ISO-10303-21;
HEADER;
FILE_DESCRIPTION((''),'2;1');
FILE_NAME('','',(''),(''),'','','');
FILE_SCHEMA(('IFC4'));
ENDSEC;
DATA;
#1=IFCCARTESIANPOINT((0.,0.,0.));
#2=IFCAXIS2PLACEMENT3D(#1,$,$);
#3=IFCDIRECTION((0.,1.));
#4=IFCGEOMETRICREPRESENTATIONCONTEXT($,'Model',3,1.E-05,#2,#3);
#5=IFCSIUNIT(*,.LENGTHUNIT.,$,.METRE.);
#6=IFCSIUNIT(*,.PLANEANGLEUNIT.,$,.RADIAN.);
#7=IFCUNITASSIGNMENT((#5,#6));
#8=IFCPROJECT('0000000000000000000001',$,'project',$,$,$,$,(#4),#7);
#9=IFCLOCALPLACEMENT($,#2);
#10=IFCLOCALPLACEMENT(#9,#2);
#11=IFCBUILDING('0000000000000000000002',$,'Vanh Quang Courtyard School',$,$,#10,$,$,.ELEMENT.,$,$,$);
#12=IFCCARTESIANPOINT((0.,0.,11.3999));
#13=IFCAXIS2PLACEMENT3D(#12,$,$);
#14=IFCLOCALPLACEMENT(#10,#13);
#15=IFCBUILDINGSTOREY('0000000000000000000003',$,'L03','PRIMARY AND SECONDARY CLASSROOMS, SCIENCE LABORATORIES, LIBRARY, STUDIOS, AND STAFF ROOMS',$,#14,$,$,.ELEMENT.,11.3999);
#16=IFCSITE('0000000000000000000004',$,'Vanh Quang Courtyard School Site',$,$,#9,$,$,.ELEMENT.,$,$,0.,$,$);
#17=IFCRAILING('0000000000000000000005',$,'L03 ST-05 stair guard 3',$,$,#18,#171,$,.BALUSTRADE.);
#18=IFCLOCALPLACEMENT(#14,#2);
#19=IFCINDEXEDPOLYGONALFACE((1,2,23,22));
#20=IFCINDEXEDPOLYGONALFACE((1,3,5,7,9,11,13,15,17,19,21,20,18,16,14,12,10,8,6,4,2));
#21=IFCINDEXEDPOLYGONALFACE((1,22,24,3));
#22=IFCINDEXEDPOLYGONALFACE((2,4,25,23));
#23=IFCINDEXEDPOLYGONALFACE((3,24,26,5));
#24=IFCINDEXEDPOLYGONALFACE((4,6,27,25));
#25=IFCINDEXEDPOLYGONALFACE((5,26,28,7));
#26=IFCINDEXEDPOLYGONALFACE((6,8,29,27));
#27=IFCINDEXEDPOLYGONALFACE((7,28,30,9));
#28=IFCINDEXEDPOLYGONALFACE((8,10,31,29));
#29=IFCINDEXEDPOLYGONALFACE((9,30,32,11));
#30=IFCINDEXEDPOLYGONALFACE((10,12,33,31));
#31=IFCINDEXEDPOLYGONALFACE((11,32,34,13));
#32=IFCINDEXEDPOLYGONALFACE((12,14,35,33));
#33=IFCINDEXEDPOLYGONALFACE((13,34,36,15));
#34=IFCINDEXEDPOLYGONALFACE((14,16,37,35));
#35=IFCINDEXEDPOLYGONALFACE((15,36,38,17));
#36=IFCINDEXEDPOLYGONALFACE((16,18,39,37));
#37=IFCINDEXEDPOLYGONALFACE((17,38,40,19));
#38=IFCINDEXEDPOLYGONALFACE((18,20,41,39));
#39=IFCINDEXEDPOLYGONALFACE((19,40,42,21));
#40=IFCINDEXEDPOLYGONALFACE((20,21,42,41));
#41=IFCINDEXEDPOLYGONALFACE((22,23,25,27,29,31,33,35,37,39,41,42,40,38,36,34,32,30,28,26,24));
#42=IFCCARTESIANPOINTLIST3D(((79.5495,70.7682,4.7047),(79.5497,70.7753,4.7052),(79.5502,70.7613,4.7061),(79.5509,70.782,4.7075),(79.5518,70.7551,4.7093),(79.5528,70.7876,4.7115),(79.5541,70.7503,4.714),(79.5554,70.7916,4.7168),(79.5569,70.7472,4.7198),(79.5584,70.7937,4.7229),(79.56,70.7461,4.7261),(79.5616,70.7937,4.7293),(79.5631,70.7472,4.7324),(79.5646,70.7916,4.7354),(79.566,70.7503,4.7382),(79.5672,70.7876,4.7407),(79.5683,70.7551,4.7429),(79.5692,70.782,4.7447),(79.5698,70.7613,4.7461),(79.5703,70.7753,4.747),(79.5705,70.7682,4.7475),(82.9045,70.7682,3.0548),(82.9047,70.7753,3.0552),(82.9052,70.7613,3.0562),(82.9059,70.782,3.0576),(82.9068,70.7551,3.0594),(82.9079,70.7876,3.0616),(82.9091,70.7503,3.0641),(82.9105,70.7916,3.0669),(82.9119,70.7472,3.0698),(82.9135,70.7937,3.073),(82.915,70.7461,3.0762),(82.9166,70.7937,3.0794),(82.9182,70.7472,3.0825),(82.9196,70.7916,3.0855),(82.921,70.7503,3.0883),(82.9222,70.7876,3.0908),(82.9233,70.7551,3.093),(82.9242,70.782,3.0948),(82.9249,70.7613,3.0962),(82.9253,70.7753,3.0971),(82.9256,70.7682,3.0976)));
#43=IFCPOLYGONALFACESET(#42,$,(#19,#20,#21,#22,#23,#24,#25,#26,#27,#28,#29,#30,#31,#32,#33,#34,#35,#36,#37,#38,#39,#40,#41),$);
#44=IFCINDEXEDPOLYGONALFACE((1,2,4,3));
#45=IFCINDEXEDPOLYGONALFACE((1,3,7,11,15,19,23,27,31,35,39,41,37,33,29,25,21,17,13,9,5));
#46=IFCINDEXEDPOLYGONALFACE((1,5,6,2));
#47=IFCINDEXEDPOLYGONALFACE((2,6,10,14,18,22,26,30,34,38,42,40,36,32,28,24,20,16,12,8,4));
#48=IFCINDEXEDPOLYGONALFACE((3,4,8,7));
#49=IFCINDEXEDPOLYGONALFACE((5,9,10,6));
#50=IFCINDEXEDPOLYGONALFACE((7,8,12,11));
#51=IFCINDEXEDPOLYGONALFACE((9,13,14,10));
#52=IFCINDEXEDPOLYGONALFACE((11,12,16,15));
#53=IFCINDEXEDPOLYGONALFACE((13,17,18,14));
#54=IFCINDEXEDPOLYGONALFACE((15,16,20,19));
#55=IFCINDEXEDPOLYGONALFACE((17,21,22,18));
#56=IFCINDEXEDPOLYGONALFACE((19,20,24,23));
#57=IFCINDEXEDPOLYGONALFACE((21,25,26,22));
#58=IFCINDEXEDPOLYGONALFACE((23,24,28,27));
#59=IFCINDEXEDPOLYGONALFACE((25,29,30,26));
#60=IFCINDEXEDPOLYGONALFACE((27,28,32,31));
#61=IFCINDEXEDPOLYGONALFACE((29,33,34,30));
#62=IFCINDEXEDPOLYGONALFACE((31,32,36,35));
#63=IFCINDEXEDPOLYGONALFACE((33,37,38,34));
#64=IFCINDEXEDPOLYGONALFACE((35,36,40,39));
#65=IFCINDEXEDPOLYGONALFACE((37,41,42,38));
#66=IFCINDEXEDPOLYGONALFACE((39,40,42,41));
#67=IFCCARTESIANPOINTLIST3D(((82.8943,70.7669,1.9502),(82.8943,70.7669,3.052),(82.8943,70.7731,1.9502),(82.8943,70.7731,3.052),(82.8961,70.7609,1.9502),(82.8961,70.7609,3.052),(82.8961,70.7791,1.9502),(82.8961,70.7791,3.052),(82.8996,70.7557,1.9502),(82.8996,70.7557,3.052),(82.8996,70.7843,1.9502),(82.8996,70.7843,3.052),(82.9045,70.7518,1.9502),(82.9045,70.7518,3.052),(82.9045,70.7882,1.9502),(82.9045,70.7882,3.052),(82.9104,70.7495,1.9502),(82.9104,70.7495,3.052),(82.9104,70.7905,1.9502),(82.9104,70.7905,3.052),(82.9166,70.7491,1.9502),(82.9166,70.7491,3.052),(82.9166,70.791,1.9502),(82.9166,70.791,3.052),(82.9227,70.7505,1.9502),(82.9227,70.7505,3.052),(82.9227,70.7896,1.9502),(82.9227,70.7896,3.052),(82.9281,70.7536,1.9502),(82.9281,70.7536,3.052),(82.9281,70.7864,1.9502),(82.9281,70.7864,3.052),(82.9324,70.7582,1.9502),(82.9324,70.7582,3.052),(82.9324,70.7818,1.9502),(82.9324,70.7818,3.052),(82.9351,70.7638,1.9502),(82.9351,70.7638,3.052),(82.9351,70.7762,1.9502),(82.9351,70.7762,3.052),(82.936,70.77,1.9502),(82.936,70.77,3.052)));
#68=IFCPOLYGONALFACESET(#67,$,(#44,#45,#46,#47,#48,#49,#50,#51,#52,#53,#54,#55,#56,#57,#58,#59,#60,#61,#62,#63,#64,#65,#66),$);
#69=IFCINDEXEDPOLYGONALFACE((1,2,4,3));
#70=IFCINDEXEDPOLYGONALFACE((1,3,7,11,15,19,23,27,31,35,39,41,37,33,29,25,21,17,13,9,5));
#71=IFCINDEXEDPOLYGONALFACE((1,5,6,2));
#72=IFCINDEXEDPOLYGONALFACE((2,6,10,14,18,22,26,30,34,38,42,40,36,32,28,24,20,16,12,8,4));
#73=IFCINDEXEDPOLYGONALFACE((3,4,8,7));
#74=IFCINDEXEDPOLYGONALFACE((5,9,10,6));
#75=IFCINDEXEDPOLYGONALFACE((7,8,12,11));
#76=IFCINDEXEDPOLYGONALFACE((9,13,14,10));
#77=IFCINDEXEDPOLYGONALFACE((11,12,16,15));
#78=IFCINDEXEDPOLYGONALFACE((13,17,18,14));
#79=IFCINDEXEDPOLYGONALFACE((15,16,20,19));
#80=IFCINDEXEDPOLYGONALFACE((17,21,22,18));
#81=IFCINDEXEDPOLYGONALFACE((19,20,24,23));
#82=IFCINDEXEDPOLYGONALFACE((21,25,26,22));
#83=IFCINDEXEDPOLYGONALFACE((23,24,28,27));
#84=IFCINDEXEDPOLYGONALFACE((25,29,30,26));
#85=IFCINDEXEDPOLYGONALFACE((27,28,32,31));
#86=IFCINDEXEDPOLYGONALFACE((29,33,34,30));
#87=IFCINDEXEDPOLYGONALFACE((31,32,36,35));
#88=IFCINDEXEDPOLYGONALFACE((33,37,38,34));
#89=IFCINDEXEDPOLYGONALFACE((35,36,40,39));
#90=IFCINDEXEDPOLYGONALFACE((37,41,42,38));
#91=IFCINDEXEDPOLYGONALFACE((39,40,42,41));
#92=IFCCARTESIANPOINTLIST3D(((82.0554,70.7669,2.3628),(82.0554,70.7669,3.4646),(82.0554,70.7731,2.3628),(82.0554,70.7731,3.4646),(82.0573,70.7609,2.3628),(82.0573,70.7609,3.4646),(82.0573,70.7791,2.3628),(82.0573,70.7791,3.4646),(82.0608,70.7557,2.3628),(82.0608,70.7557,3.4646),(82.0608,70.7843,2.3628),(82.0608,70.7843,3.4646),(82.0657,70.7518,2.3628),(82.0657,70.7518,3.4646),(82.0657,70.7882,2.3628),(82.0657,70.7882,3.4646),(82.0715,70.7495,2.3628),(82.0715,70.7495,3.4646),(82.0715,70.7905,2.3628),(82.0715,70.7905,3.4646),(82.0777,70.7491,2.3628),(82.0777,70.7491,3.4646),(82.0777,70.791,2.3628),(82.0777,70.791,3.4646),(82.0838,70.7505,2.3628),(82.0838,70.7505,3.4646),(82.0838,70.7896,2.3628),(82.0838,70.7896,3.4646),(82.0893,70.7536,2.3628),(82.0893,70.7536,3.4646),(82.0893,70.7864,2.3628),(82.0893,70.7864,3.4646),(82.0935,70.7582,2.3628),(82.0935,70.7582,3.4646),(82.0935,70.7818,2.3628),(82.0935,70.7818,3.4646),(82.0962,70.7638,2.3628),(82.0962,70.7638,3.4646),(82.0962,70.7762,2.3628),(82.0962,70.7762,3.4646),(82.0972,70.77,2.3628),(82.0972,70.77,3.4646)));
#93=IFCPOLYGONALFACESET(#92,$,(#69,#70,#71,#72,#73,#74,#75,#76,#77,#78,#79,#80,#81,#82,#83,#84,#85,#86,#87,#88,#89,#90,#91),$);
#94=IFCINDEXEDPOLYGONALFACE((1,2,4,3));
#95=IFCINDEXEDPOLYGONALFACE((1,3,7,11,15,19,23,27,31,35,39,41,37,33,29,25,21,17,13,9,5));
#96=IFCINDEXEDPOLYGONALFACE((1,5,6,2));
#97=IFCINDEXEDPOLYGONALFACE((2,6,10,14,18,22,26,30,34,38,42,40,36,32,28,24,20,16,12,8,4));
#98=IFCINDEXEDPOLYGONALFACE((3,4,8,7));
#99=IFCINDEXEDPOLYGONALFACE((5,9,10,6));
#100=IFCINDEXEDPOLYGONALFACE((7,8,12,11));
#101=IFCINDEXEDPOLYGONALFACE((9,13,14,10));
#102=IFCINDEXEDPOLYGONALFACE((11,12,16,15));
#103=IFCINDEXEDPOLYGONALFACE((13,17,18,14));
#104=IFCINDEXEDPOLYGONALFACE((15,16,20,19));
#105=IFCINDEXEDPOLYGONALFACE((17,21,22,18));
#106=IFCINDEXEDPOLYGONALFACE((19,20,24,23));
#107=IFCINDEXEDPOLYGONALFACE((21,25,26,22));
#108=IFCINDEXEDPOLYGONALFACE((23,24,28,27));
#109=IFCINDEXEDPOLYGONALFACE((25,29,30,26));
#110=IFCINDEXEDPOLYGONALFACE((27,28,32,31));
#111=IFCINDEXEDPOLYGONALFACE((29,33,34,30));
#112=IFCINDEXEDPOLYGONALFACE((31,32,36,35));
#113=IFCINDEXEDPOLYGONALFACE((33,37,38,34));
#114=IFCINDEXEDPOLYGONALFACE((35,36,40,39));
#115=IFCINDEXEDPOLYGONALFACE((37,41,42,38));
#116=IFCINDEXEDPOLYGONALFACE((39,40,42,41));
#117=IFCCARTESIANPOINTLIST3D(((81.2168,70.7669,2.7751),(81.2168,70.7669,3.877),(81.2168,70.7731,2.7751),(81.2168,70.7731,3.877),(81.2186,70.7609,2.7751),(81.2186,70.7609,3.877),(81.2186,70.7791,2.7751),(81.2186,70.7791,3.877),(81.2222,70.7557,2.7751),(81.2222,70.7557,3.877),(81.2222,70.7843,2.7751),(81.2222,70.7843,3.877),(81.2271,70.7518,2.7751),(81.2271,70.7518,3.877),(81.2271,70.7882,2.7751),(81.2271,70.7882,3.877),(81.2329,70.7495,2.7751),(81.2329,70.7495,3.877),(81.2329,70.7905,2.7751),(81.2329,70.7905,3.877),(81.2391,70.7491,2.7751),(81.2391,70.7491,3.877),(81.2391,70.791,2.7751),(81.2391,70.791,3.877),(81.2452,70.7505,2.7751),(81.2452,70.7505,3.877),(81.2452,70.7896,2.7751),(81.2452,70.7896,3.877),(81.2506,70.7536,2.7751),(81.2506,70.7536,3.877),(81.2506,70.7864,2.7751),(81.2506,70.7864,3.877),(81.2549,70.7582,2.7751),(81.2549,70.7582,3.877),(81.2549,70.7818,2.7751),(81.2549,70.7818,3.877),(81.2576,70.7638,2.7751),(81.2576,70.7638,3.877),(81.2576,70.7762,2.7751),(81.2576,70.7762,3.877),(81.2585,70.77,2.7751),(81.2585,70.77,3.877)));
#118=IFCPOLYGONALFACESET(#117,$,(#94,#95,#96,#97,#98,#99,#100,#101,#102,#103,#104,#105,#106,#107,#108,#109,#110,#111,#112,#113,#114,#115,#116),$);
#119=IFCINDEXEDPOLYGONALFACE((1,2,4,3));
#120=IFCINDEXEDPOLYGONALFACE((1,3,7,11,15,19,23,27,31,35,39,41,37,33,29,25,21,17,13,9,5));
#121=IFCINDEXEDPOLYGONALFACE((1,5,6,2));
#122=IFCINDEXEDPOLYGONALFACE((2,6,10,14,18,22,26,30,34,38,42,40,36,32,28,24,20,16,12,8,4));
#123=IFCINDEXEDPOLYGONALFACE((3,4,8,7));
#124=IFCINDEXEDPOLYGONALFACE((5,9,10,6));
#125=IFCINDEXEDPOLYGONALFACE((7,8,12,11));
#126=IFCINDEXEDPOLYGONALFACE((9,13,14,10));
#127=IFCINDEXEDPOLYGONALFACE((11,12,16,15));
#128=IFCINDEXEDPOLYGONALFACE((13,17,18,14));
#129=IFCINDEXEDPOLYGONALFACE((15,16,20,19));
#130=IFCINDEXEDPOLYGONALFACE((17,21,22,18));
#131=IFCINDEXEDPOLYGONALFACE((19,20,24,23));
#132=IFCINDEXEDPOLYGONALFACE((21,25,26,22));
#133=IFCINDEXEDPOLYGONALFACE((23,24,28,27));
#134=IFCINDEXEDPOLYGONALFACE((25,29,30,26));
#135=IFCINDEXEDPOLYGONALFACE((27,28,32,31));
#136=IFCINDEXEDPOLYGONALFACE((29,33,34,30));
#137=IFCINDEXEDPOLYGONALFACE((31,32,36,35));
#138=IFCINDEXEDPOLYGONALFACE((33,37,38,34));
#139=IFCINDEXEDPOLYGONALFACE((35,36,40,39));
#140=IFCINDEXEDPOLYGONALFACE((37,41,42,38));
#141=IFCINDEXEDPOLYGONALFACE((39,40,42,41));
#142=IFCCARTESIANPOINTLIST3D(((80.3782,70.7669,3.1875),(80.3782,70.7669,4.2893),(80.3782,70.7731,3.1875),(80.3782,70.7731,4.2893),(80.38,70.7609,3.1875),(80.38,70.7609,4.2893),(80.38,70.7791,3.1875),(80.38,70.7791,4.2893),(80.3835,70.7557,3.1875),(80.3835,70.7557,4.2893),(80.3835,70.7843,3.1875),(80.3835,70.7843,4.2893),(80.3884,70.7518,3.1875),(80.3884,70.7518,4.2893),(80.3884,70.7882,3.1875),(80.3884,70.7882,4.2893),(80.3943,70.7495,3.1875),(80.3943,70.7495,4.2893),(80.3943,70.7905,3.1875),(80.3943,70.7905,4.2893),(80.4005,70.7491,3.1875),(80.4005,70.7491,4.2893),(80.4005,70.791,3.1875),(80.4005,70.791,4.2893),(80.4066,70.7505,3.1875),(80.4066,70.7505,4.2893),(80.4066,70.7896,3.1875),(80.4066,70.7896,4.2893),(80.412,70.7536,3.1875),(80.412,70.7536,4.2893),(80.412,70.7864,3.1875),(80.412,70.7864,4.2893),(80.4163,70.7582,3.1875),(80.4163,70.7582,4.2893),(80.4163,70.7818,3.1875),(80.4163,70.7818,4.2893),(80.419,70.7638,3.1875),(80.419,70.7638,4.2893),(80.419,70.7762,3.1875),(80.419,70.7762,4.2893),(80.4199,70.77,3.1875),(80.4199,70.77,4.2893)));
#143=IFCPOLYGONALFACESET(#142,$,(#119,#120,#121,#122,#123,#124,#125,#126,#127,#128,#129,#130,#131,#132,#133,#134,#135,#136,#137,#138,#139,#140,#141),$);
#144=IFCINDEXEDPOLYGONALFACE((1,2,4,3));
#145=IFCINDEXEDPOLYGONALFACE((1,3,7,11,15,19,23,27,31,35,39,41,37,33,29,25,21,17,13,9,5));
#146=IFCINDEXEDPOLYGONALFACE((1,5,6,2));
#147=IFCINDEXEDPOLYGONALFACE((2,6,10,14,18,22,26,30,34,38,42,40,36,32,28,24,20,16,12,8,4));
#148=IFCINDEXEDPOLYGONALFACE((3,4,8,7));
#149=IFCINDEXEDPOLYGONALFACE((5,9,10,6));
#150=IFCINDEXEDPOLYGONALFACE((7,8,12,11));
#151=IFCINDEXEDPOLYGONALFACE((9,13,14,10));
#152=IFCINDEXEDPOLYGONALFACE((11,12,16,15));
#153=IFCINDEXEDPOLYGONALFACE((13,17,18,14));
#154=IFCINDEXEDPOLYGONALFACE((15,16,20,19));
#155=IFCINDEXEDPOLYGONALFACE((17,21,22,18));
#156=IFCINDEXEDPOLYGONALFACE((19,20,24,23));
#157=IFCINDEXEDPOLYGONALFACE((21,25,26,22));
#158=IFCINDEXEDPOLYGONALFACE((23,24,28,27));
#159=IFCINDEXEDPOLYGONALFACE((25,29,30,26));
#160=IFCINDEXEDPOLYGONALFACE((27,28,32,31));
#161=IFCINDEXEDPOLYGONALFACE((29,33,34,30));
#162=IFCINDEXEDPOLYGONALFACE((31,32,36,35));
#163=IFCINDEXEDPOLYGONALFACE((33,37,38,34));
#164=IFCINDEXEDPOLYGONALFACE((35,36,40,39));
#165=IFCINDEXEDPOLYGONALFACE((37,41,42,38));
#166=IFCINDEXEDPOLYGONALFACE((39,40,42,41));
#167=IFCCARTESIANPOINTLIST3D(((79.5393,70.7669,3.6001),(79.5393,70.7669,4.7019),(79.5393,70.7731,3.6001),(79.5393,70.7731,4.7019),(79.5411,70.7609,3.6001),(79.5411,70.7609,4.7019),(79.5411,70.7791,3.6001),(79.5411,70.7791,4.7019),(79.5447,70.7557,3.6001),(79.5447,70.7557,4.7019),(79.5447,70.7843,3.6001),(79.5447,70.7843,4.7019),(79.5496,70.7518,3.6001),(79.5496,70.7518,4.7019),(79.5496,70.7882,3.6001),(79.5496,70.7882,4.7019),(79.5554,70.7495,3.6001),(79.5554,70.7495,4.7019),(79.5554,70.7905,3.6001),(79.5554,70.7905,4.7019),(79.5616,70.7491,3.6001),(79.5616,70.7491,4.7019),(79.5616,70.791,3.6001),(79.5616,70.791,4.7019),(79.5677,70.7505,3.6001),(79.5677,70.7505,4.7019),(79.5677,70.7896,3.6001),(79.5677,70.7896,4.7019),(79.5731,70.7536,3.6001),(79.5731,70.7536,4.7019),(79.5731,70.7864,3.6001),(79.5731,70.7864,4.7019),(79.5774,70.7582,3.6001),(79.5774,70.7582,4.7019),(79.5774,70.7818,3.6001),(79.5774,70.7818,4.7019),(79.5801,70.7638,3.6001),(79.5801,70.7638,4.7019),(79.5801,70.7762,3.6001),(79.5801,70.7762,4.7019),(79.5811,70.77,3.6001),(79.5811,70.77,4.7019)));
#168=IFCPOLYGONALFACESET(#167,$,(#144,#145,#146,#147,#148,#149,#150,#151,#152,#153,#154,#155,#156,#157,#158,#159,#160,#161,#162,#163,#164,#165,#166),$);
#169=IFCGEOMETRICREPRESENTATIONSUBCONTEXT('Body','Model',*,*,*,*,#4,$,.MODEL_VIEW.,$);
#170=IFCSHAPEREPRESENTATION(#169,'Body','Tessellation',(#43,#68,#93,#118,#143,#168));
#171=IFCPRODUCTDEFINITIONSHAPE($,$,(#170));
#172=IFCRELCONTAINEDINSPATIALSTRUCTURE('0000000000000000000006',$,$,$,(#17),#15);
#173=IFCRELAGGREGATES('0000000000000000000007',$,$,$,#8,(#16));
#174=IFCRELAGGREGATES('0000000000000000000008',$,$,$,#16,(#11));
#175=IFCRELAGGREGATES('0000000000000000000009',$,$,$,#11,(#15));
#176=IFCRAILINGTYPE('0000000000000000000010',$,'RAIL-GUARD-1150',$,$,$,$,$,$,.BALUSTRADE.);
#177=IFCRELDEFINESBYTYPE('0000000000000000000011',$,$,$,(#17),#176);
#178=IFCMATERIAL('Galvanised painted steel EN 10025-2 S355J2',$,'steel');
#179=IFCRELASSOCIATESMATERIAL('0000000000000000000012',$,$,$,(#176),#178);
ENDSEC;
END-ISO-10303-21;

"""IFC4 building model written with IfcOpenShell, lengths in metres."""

from ifc_helpers import new_model, si_unit, direction, frame, origin, origin_2d, place, context, subcontext, project, spatial, circle, extrude, material, type_object, element, save


model = new_model("IFC4")

# Units and contexts
model_context = context("Model", 3, precision=1e-05, world=origin(), true_north=direction((0.0, 1.0)))
body_context = subcontext(model_context, "Body", "Model", "MODEL_VIEW")
ifc_project = project(units=[si_unit("LENGTHUNIT", "METRE"), si_unit("PLANEANGLEUNIT", "RADIAN")], contexts=[model_context])

# Site, building, storey
site_placement = place(None, origin())
site = spatial("IfcSite", under=ifc_project, at=site_placement, Name="Vanh Quang Courtyard School Site", CompositionType="ELEMENT", RefElevation=0.0)
building_placement = place(site_placement, origin())
building = spatial("IfcBuilding", under=site, at=building_placement, Name="Vanh Quang Courtyard School", CompositionType="ELEMENT")
storey_placement = place(building_placement, frame((0.0, 0.0, 11.3999)))
storey = spatial("IfcBuildingStorey", under=building, at=storey_placement, Name="L03", Description="PRIMARY AND SECONDARY CLASSROOMS, SCIENCE LABORATORIES, LIBRARY, STUDIOS, AND STAFF ROOMS", CompositionType="ELEMENT", Elevation=11.3999)

# Railing
ifc_material_1 = material(Name="Galvanised painted steel EN 10025-2 S355J2", Category="steel")
railing_type_1 = type_object("IfcRailingType", Name="RAIL-GUARD-1150", PredefinedType="BALUSTRADE", material=ifc_material_1)
railing_1_placement = place(storey_placement, frame((82.915, 70.77, 1.9502)))
element("IfcRailing", 1, at=railing_1_placement, inside=storey, type_object=railing_type_1, Name="L03 ST-05 stair guard 3", PredefinedType="BALUSTRADE", context=body_context, shape_type="SweptSolid", body=[
    extrude(circle(Radius=0.0239, at=origin_2d()), frame((0.0, 0.0, 1.126), z_axis=(-0.897359, 0.0, 0.441301), x_axis=(0.0, -1.0, 0.0)), (0.0, 0.0, 1.0), 3.7388),
    extrude(circle(Radius=0.021, at=origin_2d()), origin(), (0.0, 0.0, 1.0), 1.1018),
    extrude(circle(Radius=0.021, at=origin_2d()), frame((-0.8389, 0.0, 0.4126)), (0.0, 0.0, 1.0), 1.1018),
    extrude(circle(Radius=0.021, at=origin_2d()), frame((-1.6775, 0.0, 0.825)), (0.0, 0.0, 1.0), 1.1018),
    extrude(circle(Radius=0.021, at=origin_2d()), frame((-2.5161, 0.0, 1.2373)), (0.0, 0.0, 1.0), 1.1018),
    extrude(circle(Radius=0.021, at=origin_2d()), frame((-3.355, 0.0, 1.6499)), (0.0, 0.0, 1.0), 1.1018),
])

save(model, "model.ifc")
